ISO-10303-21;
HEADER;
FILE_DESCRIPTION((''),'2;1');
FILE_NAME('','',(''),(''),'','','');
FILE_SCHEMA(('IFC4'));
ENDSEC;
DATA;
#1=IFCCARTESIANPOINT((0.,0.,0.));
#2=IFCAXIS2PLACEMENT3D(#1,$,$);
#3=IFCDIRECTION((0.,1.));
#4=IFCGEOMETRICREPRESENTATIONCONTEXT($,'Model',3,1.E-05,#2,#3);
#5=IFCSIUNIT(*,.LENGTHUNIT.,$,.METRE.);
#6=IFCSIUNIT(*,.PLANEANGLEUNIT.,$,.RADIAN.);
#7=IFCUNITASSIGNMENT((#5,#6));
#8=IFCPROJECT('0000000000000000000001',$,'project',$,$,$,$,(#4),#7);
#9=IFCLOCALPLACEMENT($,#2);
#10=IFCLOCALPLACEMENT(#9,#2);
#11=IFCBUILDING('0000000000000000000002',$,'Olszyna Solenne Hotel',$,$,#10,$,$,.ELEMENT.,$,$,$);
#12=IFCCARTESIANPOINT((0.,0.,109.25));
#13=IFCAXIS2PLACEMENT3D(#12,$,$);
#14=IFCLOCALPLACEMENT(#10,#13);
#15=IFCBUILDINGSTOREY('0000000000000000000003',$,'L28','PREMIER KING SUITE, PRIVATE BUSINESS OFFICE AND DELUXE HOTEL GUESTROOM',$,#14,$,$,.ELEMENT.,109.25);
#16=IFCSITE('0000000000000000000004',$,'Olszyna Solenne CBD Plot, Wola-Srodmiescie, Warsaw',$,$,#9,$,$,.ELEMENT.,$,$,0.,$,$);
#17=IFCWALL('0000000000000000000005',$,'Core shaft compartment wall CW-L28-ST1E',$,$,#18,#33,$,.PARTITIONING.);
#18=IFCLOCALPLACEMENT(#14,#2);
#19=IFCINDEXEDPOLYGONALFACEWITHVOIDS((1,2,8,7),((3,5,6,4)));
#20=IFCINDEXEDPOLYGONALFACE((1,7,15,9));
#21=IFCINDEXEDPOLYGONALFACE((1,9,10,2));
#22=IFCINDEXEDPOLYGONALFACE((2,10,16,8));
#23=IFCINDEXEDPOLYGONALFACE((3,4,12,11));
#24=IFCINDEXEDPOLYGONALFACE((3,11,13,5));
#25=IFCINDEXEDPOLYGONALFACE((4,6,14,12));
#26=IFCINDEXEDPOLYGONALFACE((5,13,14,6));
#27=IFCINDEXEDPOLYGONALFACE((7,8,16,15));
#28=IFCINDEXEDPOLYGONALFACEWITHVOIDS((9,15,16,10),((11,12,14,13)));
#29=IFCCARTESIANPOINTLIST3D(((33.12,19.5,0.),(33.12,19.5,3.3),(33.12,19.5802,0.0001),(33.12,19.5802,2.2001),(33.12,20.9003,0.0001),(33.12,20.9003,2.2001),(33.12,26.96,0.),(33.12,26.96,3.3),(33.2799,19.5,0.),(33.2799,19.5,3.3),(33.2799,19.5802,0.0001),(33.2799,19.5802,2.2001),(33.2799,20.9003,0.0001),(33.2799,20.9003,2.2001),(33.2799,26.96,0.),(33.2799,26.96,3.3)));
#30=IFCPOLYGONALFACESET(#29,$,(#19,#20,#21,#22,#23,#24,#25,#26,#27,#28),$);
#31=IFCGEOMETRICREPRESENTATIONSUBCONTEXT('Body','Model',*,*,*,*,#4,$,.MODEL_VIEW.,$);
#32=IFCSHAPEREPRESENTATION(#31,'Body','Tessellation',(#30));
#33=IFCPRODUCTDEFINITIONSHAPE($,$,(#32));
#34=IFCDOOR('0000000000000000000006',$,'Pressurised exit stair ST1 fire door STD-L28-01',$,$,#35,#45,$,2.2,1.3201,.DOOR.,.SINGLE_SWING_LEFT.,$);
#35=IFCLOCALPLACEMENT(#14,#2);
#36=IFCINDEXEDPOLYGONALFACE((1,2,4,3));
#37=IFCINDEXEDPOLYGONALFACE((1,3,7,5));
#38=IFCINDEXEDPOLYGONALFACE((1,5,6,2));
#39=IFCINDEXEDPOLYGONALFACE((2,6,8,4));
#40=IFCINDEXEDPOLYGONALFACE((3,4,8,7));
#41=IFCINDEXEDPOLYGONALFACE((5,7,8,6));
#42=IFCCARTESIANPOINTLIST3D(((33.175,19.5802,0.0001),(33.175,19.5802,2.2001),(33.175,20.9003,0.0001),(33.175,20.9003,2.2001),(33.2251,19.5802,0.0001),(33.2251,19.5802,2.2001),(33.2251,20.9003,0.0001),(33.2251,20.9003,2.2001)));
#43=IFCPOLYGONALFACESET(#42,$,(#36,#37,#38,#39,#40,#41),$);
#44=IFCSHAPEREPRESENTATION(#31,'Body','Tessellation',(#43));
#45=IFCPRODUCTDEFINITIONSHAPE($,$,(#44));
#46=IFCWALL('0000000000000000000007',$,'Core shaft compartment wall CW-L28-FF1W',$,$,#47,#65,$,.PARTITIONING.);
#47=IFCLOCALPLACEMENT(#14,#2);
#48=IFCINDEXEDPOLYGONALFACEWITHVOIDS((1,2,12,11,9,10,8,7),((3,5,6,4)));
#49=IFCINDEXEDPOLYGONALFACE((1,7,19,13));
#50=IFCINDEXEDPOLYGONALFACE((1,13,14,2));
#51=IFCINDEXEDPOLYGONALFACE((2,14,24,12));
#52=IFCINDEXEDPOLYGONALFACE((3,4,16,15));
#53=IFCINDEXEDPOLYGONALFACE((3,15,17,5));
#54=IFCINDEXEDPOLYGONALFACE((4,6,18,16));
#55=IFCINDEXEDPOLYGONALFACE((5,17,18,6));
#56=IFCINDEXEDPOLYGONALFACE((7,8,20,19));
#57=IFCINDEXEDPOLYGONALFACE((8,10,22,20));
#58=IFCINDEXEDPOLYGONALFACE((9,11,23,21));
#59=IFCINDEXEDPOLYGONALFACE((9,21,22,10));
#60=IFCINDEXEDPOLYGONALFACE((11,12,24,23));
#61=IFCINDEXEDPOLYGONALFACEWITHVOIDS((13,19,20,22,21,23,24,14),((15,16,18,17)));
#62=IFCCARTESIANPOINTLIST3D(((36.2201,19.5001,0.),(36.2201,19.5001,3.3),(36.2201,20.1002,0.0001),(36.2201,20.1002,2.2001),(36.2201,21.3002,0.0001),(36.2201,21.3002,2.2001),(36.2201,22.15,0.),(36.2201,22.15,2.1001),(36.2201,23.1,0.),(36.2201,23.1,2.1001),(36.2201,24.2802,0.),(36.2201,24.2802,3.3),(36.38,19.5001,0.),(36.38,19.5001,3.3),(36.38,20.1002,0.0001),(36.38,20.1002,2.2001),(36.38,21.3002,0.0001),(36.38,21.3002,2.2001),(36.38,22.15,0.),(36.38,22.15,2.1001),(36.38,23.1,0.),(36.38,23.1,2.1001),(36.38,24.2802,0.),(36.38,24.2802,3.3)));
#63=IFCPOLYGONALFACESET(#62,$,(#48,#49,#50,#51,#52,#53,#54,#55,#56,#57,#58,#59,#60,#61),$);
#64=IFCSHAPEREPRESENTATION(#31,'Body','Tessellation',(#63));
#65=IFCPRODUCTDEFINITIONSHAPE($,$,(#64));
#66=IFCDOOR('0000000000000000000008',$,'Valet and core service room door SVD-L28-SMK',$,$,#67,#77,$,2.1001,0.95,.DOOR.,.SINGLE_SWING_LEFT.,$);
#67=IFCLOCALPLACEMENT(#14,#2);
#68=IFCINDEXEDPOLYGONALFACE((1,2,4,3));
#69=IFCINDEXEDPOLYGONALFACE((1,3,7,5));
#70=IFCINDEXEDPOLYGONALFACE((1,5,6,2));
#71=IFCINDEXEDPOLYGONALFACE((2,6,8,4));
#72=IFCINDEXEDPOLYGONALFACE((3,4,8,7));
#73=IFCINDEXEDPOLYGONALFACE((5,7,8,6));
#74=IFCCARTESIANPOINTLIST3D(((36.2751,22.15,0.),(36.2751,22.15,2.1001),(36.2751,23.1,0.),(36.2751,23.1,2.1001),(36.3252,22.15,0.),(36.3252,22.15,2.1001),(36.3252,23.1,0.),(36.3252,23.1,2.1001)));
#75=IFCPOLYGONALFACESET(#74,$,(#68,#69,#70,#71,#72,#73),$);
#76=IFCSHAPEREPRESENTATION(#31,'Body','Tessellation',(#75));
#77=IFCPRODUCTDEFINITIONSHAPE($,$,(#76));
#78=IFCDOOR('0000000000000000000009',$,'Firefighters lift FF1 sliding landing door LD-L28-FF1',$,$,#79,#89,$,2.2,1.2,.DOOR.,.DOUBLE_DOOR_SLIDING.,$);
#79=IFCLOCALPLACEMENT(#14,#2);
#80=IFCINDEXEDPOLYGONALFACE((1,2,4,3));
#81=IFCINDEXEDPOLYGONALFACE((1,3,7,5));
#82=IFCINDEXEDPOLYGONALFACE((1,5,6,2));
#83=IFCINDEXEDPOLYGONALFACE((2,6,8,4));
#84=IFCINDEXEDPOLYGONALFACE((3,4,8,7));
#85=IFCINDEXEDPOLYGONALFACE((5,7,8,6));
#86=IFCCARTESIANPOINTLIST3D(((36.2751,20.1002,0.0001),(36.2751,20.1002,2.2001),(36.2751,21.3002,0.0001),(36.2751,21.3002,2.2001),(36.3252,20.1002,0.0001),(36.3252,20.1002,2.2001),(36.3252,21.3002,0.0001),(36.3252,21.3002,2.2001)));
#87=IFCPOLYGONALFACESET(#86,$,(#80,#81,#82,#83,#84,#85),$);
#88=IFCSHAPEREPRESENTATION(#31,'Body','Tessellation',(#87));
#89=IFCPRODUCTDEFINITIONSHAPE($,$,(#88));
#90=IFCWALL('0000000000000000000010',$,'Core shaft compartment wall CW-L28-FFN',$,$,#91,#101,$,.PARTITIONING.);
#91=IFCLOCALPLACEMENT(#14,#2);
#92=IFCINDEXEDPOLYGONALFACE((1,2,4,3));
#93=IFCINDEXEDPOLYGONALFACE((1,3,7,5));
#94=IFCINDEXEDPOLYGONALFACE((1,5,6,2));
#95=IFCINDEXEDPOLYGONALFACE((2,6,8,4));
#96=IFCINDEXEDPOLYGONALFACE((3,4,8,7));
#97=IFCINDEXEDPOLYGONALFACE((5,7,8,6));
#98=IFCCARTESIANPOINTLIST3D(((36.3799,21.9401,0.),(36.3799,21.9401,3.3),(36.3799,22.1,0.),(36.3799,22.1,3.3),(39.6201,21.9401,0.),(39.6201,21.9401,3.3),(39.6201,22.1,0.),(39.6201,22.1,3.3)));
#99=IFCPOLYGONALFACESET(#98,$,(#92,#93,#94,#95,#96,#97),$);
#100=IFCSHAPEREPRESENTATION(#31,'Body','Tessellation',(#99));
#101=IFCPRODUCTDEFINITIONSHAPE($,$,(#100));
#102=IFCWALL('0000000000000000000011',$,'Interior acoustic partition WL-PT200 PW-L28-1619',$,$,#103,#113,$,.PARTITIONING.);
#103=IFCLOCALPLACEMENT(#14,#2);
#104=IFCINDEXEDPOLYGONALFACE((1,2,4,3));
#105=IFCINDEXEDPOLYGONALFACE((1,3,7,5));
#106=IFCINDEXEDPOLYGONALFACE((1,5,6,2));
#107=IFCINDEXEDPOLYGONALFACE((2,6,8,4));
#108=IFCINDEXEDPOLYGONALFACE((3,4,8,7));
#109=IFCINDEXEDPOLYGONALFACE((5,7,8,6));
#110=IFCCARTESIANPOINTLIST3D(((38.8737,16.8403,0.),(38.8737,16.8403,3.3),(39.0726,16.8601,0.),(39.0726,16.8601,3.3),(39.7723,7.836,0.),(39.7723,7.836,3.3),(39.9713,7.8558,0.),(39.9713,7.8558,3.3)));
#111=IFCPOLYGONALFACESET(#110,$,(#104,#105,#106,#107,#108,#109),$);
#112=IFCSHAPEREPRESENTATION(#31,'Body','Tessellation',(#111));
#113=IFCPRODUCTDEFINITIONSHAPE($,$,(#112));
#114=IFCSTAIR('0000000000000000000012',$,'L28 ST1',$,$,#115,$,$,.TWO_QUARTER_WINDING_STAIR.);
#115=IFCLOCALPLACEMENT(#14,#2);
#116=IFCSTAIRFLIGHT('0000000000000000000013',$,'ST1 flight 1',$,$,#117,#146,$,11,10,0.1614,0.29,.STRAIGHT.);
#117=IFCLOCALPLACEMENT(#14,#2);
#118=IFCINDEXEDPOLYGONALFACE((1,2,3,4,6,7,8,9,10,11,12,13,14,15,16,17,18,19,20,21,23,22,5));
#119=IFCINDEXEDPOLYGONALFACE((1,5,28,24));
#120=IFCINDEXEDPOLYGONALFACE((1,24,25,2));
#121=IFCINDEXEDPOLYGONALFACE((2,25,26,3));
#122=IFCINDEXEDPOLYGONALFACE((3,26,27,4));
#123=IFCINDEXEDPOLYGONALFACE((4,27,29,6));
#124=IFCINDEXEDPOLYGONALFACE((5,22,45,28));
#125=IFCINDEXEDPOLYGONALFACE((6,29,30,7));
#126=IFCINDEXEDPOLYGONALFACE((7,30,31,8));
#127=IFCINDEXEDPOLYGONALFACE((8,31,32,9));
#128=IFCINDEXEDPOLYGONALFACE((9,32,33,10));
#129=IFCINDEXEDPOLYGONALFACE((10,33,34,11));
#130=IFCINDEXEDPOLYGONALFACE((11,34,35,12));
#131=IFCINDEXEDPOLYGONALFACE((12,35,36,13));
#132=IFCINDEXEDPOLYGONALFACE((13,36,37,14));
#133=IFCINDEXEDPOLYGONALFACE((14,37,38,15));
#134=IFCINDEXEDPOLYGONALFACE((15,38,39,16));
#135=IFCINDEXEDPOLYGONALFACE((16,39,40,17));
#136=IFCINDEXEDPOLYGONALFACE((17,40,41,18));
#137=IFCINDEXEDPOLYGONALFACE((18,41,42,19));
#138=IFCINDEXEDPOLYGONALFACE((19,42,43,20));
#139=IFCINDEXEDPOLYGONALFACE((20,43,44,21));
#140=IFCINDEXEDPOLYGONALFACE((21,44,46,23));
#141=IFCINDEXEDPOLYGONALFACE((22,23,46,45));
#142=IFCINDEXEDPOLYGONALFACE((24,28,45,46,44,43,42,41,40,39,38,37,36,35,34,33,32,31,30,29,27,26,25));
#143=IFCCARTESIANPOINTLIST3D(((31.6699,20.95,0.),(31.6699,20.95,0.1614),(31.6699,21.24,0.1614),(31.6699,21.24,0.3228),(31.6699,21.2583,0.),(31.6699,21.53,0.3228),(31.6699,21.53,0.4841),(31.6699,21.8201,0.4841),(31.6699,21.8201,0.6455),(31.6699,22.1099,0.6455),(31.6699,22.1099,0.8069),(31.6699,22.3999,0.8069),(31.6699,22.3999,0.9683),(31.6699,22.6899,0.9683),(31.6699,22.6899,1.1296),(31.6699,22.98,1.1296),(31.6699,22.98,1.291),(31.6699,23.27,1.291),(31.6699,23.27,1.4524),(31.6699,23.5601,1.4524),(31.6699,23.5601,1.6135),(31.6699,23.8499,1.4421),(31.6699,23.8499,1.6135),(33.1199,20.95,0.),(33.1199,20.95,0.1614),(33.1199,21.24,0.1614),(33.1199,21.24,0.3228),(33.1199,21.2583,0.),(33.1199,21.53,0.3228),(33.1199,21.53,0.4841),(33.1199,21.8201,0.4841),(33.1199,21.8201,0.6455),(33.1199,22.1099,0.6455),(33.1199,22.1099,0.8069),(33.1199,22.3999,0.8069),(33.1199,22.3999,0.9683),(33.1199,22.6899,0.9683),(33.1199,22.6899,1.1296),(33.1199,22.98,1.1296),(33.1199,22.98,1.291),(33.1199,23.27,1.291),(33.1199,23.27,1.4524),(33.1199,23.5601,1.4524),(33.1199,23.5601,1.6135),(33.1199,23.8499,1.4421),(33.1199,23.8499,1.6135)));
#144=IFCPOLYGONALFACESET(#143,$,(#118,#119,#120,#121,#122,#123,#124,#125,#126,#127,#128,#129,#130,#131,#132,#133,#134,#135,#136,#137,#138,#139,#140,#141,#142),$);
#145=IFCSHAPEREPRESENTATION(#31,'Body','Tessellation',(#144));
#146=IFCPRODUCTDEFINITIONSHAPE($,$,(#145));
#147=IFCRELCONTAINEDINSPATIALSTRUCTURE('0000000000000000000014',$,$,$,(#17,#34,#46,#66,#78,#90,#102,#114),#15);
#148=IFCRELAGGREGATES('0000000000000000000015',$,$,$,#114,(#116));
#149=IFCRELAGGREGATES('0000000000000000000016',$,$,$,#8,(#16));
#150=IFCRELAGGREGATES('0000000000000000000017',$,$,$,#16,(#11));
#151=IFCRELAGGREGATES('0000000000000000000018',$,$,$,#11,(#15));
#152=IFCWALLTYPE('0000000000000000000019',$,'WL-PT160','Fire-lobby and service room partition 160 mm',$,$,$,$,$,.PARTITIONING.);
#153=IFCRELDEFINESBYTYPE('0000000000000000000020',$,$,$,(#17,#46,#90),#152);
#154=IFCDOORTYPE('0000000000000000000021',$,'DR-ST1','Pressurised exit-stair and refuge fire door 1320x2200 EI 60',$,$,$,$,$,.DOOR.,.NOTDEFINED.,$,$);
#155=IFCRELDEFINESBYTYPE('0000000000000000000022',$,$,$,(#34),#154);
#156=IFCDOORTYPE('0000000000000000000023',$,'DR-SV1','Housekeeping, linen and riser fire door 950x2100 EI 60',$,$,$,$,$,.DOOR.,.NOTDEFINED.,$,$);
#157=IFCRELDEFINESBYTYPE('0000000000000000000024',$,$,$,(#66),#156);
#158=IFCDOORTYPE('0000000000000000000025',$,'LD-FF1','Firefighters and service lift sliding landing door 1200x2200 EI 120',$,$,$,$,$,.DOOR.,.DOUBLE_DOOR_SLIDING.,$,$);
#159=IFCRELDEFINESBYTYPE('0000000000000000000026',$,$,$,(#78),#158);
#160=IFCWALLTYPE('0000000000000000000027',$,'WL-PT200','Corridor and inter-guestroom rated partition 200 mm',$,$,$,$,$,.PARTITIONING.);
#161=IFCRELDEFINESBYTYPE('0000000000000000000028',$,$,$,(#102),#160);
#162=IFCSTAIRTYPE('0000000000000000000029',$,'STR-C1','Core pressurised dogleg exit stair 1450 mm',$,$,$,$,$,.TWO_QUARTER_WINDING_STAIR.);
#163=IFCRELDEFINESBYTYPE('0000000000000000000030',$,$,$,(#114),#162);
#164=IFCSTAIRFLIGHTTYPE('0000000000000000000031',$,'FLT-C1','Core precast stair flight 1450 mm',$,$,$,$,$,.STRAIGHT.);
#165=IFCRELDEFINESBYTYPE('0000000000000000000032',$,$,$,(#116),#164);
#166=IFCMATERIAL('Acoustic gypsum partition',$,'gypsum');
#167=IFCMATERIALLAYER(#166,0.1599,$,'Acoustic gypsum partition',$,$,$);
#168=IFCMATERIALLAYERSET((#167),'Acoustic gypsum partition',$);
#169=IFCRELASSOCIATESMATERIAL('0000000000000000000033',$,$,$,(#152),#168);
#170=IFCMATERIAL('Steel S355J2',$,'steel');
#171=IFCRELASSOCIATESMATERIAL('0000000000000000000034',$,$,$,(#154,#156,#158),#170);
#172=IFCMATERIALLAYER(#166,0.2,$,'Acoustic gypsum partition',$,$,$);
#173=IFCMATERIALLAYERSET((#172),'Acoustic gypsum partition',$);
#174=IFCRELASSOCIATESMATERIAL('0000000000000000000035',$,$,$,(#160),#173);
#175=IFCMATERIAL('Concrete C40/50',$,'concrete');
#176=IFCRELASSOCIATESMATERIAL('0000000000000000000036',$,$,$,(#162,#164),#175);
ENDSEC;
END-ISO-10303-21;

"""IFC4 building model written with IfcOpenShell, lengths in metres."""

from ifc_helpers import new_model, si_unit, direction, frame, frame_2d, origin, place, context, subcontext, project, spatial, polyline, rectangle, outline, extrude, source, transform, mapped, material, layer, layer_set, type_object, type_shapes, element, fill, aggregate, save


model = new_model("IFC4")

# Units and contexts
model_context = context("Model", 3, precision=1e-05, world=origin(), true_north=direction((0.0, 1.0)))
body_context = subcontext(model_context, "Body", "Model", "MODEL_VIEW")
ifc_project = project(units=[si_unit("LENGTHUNIT", "METRE"), si_unit("PLANEANGLEUNIT", "RADIAN")], contexts=[model_context])

# Site, building, storey
site_placement = place(None, origin())
site = spatial("IfcSite", under=ifc_project, at=site_placement, Name="Olszyna Solenne CBD Plot, Wola-Srodmiescie, Warsaw", CompositionType="ELEMENT", RefElevation=0.0)
building_placement = place(site_placement, origin())
building = spatial("IfcBuilding", under=site, at=building_placement, Name="Olszyna Solenne Hotel", CompositionType="ELEMENT")
storey_placement = place(building_placement, frame((0.0, 0.0, 109.25)))
storey = spatial("IfcBuildingStorey", under=building, at=storey_placement, Name="L28", Description="PREMIER KING SUITE, PRIVATE BUSINESS OFFICE AND DELUXE HOTEL GUESTROOM", CompositionType="ELEMENT", Elevation=109.25)

# Shared definitions
ifc_material_1 = material(Name="Steel S355J2", Category="steel")

# Shared definitions
ifc_material_2 = material(Name="Acoustic gypsum partition", Category="gypsum")

# Wall, opening, door
ifc_layer_1 = layer(ifc_material_2, 0.1599, Name="Acoustic gypsum partition")
ifc_layer_set_1 = layer_set([ifc_layer_1], Name="Acoustic gypsum partition")
wall_type_1 = type_object("IfcWallType", Name="WL-PT160", Description="Fire-lobby and service room partition 160 mm", PredefinedType="PARTITIONING", material=ifc_layer_set_1)
wall_1_placement = place(storey_placement, frame((33.2, 19.5, 0.0), z_axis=(0.0, 0.0, 1.0), x_axis=(0.0, 1.0, 0.0)))
wall_1 = element("IfcWall", 1, at=wall_1_placement, inside=storey, type_object=wall_type_1, Name="Core shaft compartment wall CW-L28-ST1E", PredefinedType="PARTITIONING", context=body_context, shape_type="SweptSolid", body=[
    extrude(rectangle(XDim=7.46, YDim=0.1599, at=frame_2d((3.73, 0.0))), origin(), (0.0, 0.0, 1.0), 3.3),
])
opening_1_placement = place(wall_1_placement, frame((0.0801, 0.0, 0.0)))
opening_1 = element("IfcOpeningElement", 2, at=opening_1_placement, cuts=wall_1, PredefinedType="OPENING", context=body_context, shape_type="SweptSolid", body=[
    extrude(rectangle(XDim=1.3201, YDim=2.2, at=frame_2d((0.6602, 1.1001))), frame((0.0, 0.0898, 0.0), z_axis=(0.0, -1.0, 0.0), x_axis=(1.0, 0.0, 0.0)), (0.0, 0.0, 1.0), 0.1799),
])
door_type_1 = type_object("IfcDoorType", Name="DR-ST1", Description="Pressurised exit-stair and refuge fire door 1320x2200 EI 60", OperationType="NOTDEFINED", PredefinedType="DOOR", material=ifc_material_1)
shared_shape_1 = source(origin(), body_context, "Body", "SweptSolid", [
    extrude(rectangle(XDim=1.3201, YDim=2.2, at=frame_2d((0.6602, 1.1001))), frame((0.0, 0.0249, 0.0), z_axis=(0.0, -1.0, 0.0), x_axis=(1.0, 0.0, 0.0)), (0.0, 0.0, 1.0), 0.05),
])
type_shapes(door_type_1, [shared_shape_1])
door_1_placement = place(opening_1_placement, origin())
door_1 = element("IfcDoor", 3, at=door_1_placement, inside=storey, type_object=door_type_1, Name="Pressurised exit stair ST1 fire door STD-L28-01", OperationType="SINGLE_SWING_LEFT", OverallHeight=2.2, OverallWidth=1.3201, PredefinedType="DOOR", context=body_context, shape_type="MappedRepresentation", body=[
    mapped(shared_shape_1, transform((0.0, 0.0, 0.0), x_axis=(1.0, 0.0, 0.0), y_axis=(0.0, 1.0, 0.0), z_axis=(0.0, 0.0, 1.0), scale=1.0)),
])
fill(opening_1, door_1)

# Wall, openings, doors
wall_2_placement = place(storey_placement, frame((36.3, 19.5, 0.0), z_axis=(0.0, 0.0, 1.0), x_axis=(0.0, 1.0, 0.0)))
wall_2 = element("IfcWall", 4, at=wall_2_placement, inside=storey, type_object=wall_type_1, Name="Core shaft compartment wall CW-L28-FF1W", PredefinedType="PARTITIONING", context=body_context, shape_type="SweptSolid", body=[
    extrude(rectangle(XDim=4.78, YDim=0.1599, at=frame_2d((2.3901, 0.0))), origin(), (0.0, 0.0, 1.0), 3.3),
])
opening_2_placement = place(wall_2_placement, frame((0.6001, 0.0, 0.0)))
opening_2 = element("IfcOpeningElement", 5, at=opening_2_placement, cuts=wall_2, PredefinedType="OPENING", context=body_context, shape_type="SweptSolid", body=[
    extrude(rectangle(XDim=1.2, YDim=2.2, at=frame_2d((0.6001, 1.1001))), frame((0.0, 0.0898, 0.0), z_axis=(0.0, -1.0, 0.0), x_axis=(1.0, 0.0, 0.0)), (0.0, 0.0, 1.0), 0.1799),
])
opening_3_placement = place(wall_2_placement, frame((2.6499, 0.0, 0.0)))
opening_3 = element("IfcOpeningElement", 6, at=opening_3_placement, cuts=wall_2, PredefinedType="OPENING", context=body_context, shape_type="SweptSolid", body=[
    extrude(rectangle(XDim=0.95, YDim=2.1001, at=frame_2d((0.4751, 1.05))), frame((0.0, 0.0898, 0.0), z_axis=(0.0, -1.0, 0.0), x_axis=(1.0, 0.0, 0.0)), (0.0, 0.0, 1.0), 0.1799),
])
door_type_2 = type_object("IfcDoorType", Name="DR-SV1", Description="Housekeeping, linen and riser fire door 950x2100 EI 60", OperationType="NOTDEFINED", PredefinedType="DOOR", material=ifc_material_1)
shared_shape_2 = source(origin(), body_context, "Body", "SweptSolid", [
    extrude(rectangle(XDim=0.95, YDim=2.1001, at=frame_2d((0.4751, 1.05))), frame((0.0, 0.0249, 0.0), z_axis=(0.0, -1.0, 0.0), x_axis=(1.0, 0.0, 0.0)), (0.0, 0.0, 1.0), 0.05),
])
type_shapes(door_type_2, [shared_shape_2])
door_2_placement = place(opening_3_placement, origin())
door_2 = element("IfcDoor", 7, at=door_2_placement, inside=storey, type_object=door_type_2, Name="Valet and core service room door SVD-L28-SMK", OperationType="SINGLE_SWING_LEFT", OverallHeight=2.1001, OverallWidth=0.95, PredefinedType="DOOR", context=body_context, shape_type="MappedRepresentation", body=[
    mapped(shared_shape_2, transform((0.0, 0.0, 0.0), x_axis=(1.0, 0.0, 0.0), y_axis=(0.0, 1.0, 0.0), z_axis=(0.0, 0.0, 1.0), scale=1.0)),
])
fill(opening_3, door_2)
door_type_3 = type_object("IfcDoorType", Name="LD-FF1", Description="Firefighters and service lift sliding landing door 1200x2200 EI 120", OperationType="DOUBLE_DOOR_SLIDING", PredefinedType="DOOR", material=ifc_material_1)
shared_shape_3 = source(origin(), body_context, "Body", "SweptSolid", [
    extrude(rectangle(XDim=1.2, YDim=2.2, at=frame_2d((0.6001, 1.1001))), frame((0.0, 0.0249, 0.0), z_axis=(0.0, -1.0, 0.0), x_axis=(1.0, 0.0, 0.0)), (0.0, 0.0, 1.0), 0.05),
])
type_shapes(door_type_3, [shared_shape_3])
door_3_placement = place(opening_2_placement, origin())
door_3 = element("IfcDoor", 8, at=door_3_placement, inside=storey, type_object=door_type_3, Name="Firefighters lift FF1 sliding landing door LD-L28-FF1", OperationType="DOUBLE_DOOR_SLIDING", OverallHeight=2.2, OverallWidth=1.2, PredefinedType="DOOR", context=body_context, shape_type="MappedRepresentation", body=[
    mapped(shared_shape_3, transform((0.0, 0.0, 0.0), x_axis=(1.0, 0.0, 0.0), y_axis=(0.0, 1.0, 0.0), z_axis=(0.0, 0.0, 1.0), scale=1.0)),
])
fill(opening_2, door_3)

# Walls
wall_3_placement = place(storey_placement, frame((36.3799, 22.02, 0.0), z_axis=(0.0, 0.0, 1.0), x_axis=(1.0, 0.0, 0.0)))
element("IfcWall", 9, at=wall_3_placement, inside=storey, type_object=wall_type_1, Name="Core shaft compartment wall CW-L28-FFN", PredefinedType="PARTITIONING", context=body_context, shape_type="SweptSolid", body=[
    extrude(rectangle(XDim=3.2402, YDim=0.1599, at=frame_2d((1.6201, 0.0))), origin(), (0.0, 0.0, 1.0), 3.3),
])
ifc_layer_2 = layer(ifc_material_2, 0.2, Name="Acoustic gypsum partition")
ifc_layer_set_2 = layer_set([ifc_layer_2], Name="Acoustic gypsum partition")
wall_type_2 = type_object("IfcWallType", Name="WL-PT200", Description="Corridor and inter-guestroom rated partition 200 mm", PredefinedType="PARTITIONING", material=ifc_layer_set_2)
wall_4_placement = place(storey_placement, frame((38.9731, 16.8501, 0.0), z_axis=(0.0, 0.0, 1.0), x_axis=(0.099311, -0.995056, 0.0)))
element("IfcWall", 10, at=wall_4_placement, inside=storey, type_object=wall_type_2, Name="Interior acoustic partition WL-PT200 PW-L28-1619", PredefinedType="PARTITIONING", context=body_context, shape_type="SweptSolid", body=[
    extrude(rectangle(XDim=9.0491, YDim=0.2, at=frame_2d((4.5244, 0.0))), origin(), (0.0, 0.0, 1.0), 3.3),
])

# Stair, stair flight
ifc_material_3 = material(Name="Concrete C40/50", Category="concrete")
stair_type = type_object("IfcStairType", Name="STR-C1", Description="Core pressurised dogleg exit stair 1450 mm", PredefinedType="TWO_QUARTER_WINDING_STAIR", material=ifc_material_3)
stair_placement = place(storey_placement, origin())
stair = element("IfcStair", 11, at=stair_placement, inside=storey, type_object=stair_type, Name="L28 ST1", PredefinedType="TWO_QUARTER_WINDING_STAIR")
stair_flight_type = type_object("IfcStairFlightType", Name="FLT-C1", Description="Core precast stair flight 1450 mm", PredefinedType="STRAIGHT", material=ifc_material_3)
stair_flight_placement = place(storey_placement, frame((32.395, 20.95, 0.0), z_axis=(0.0, 0.0, 1.0), x_axis=(0.0, 1.0, 0.0)))
stair_flight = element("IfcStairFlight", 12, at=stair_flight_placement, type_object=stair_flight_type, Name="ST1 flight 1", NumberOfRisers=11, NumberOfTreads=10, PredefinedType="STRAIGHT", RiserHeight=0.1614, TreadLength=0.29, context=body_context, shape_type="SweptSolid", body=[
    extrude(outline(polyline([(0.0, 0.0), (0.0, 0.1614), (0.29, 0.1614), (0.29, 0.3228), (0.5801, 0.3228), (0.5801, 0.4841), (0.8701, 0.4841), (0.8701, 0.6455), (1.1599, 0.6455), (1.1599, 0.8069), (1.45, 0.8069), (1.45, 0.9683), (1.74, 0.9683), (1.74, 1.1296), (2.03, 1.1296), (2.03, 1.291), (2.3201, 1.291), (2.3201, 1.4524), (2.6101, 1.4524), (2.6101, 1.6135), (2.8999, 1.6135), (2.8999, 1.7749), (2.8999, 1.4421), (0.3083, 0.0), (0.0, 0.0)])), frame((0.0, 0.7251, 0.0), z_axis=(0.0, -1.0, 0.0), x_axis=(1.0, 0.0, 0.0)), (0.0, 0.0, 1.0), 1.45),
])
aggregate(stair, [stair_flight])

save(model, "model.ifc")
